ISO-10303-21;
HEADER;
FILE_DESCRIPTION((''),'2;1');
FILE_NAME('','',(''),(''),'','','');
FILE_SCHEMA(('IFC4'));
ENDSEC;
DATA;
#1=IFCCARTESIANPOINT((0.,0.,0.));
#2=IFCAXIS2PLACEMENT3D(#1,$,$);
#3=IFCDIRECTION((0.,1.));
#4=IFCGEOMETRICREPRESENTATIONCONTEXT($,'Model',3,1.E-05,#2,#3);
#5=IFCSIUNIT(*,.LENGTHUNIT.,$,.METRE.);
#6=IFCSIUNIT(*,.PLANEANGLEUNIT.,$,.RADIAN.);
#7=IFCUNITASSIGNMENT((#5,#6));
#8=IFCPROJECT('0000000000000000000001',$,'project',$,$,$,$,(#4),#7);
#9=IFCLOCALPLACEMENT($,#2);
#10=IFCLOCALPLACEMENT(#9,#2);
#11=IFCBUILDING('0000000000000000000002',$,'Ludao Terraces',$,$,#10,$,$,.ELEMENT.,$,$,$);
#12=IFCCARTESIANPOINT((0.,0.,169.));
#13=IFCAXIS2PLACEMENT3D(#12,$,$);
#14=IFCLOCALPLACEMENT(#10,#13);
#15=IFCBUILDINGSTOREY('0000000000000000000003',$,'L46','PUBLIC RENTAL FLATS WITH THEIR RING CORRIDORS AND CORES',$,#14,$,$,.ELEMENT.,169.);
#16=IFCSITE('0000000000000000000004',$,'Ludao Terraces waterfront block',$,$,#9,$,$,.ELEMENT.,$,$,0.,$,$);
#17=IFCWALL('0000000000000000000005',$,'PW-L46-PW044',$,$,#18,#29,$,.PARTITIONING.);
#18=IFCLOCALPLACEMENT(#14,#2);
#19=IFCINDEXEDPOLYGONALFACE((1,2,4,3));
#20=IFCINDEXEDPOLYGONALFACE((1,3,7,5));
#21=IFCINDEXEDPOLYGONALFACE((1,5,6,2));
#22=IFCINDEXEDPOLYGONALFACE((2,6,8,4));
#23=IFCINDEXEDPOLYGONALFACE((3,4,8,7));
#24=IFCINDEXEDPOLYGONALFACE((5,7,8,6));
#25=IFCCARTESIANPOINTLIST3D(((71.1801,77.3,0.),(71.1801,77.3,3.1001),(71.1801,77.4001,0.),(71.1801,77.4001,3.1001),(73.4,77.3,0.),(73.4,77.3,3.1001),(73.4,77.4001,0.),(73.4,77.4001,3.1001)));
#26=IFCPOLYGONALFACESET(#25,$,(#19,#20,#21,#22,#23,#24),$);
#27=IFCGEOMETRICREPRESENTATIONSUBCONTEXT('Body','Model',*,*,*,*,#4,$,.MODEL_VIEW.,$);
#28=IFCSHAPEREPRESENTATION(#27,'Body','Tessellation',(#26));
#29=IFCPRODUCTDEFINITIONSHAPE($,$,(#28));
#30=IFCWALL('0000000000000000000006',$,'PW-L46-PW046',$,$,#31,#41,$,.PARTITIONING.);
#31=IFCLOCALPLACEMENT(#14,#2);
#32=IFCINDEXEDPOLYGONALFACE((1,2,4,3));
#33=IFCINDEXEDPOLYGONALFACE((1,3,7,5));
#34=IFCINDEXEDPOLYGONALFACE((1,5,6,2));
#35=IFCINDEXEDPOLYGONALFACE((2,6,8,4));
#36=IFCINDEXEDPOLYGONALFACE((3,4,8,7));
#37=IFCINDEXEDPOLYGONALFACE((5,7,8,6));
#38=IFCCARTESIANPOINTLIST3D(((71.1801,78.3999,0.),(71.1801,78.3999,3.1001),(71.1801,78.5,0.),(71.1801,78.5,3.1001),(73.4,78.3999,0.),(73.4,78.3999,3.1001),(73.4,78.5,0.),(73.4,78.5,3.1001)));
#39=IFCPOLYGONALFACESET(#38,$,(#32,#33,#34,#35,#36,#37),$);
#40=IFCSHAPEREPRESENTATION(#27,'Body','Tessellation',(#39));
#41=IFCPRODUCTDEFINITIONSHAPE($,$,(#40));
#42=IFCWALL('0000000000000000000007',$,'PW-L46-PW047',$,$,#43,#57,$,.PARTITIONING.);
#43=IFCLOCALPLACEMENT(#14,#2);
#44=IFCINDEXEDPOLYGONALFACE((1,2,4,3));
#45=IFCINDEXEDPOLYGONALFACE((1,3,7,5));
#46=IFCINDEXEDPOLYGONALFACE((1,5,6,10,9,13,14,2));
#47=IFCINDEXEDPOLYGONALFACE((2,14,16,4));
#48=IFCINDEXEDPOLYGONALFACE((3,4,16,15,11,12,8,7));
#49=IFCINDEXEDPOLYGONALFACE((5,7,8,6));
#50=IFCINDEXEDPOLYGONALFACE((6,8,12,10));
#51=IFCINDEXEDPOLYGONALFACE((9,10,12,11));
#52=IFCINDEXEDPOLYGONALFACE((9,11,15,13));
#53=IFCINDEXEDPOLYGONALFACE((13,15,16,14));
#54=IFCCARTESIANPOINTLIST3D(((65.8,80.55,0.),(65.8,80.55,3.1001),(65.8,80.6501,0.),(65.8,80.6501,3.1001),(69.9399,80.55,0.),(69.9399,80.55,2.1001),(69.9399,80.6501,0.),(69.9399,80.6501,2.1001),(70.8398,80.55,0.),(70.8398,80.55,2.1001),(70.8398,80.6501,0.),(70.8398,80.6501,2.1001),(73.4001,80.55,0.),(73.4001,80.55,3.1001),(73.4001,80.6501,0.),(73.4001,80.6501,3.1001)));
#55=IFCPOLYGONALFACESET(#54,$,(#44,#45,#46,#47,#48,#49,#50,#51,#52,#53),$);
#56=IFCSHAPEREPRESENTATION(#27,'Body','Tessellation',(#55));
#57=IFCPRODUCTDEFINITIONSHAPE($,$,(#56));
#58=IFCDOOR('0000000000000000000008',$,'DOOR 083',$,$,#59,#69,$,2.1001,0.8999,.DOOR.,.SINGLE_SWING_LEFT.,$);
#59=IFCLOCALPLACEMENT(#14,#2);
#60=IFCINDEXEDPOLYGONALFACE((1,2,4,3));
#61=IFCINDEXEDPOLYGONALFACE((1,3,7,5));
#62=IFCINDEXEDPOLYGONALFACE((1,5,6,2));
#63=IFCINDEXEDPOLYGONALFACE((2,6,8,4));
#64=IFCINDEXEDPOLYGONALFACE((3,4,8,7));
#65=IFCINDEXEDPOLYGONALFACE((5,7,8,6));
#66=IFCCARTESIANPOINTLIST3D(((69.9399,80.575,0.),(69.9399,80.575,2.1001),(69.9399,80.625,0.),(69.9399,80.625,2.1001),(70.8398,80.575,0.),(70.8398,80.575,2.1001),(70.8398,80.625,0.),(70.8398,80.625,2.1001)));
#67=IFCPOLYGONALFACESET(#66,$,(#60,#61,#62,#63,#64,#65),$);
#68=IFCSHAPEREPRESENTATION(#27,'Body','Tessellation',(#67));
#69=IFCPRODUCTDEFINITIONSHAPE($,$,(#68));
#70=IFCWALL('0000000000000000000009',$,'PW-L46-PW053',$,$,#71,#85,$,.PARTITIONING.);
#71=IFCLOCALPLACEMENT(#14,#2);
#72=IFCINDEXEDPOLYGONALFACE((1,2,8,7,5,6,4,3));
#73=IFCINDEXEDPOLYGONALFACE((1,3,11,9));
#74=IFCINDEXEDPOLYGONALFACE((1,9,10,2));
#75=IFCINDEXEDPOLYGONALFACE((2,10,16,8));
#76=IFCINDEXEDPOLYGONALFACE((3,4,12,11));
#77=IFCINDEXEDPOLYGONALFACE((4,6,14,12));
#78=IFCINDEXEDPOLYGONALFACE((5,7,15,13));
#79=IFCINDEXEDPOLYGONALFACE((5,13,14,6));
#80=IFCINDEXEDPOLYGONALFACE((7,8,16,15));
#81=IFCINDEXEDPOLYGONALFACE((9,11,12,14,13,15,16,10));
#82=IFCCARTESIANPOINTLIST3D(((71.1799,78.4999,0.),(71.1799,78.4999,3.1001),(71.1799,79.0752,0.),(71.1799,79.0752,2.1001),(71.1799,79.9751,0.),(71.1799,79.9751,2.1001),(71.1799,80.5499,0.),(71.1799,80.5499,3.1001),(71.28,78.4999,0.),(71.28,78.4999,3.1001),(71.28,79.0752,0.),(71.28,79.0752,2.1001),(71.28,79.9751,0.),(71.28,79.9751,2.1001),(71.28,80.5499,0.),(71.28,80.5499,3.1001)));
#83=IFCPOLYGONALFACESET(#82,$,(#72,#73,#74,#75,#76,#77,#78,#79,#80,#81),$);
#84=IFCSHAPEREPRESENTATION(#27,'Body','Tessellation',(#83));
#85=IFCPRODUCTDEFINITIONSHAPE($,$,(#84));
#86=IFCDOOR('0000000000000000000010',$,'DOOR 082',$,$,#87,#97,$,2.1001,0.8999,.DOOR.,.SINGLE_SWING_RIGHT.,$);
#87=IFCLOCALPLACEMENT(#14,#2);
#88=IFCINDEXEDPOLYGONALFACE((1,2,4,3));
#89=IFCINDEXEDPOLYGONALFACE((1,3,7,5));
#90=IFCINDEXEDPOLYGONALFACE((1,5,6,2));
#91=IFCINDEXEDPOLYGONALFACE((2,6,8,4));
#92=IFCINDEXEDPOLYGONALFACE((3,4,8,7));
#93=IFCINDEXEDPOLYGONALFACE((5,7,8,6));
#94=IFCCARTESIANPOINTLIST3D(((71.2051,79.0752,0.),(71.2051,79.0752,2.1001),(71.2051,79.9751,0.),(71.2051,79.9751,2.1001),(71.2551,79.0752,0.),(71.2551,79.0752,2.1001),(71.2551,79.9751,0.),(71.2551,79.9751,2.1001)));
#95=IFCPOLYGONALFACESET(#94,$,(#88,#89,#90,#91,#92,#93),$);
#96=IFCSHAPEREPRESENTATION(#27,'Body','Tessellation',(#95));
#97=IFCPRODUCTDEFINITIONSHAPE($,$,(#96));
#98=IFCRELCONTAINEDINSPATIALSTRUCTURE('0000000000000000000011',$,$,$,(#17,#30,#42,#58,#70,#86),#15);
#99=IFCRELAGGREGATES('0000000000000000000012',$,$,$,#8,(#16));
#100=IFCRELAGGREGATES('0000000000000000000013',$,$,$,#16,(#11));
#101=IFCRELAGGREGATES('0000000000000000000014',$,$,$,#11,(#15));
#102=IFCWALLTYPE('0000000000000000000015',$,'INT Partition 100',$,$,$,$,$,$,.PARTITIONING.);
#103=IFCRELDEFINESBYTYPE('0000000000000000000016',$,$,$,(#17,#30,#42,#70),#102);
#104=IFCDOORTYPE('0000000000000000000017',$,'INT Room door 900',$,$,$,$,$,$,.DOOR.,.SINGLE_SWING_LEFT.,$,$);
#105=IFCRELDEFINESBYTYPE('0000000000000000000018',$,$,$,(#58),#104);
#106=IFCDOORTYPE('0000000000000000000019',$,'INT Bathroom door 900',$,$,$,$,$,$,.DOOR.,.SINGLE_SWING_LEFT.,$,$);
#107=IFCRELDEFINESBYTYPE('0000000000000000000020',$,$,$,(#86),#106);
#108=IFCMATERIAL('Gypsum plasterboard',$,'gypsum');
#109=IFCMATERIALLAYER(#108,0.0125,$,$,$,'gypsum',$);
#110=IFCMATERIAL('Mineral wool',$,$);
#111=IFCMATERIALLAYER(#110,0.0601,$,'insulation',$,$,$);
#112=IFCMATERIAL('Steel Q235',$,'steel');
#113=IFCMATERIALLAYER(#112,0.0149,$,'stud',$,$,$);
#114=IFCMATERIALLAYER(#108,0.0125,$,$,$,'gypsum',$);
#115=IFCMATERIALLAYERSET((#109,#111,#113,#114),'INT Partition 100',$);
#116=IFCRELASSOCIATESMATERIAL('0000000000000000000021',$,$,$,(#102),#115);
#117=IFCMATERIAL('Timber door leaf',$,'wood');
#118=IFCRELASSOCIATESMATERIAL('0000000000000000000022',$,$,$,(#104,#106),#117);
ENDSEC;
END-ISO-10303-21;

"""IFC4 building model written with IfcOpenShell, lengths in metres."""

from ifc_helpers import new_model, si_unit, direction, frame, frame_2d, origin, place, context, subcontext, project, spatial, rectangle, extrude, material, layer, layer_set, type_object, element, fill, save


model = new_model("IFC4")

# Units and contexts
model_context = context("Model", 3, precision=1e-05, world=origin(), true_north=direction((0.0, 1.0)))
body_context = subcontext(model_context, "Body", "Model", "MODEL_VIEW")
ifc_project = project(units=[si_unit("LENGTHUNIT", "METRE"), si_unit("PLANEANGLEUNIT", "RADIAN")], contexts=[model_context])

# Site, building, storey
site_placement = place(None, origin())
site = spatial("IfcSite", under=ifc_project, at=site_placement, Name="Ludao Terraces waterfront block", CompositionType="ELEMENT", RefElevation=0.0)
building_placement = place(site_placement, origin())
building = spatial("IfcBuilding", under=site, at=building_placement, Name="Ludao Terraces", CompositionType="ELEMENT")
storey_placement = place(building_placement, frame((0.0, 0.0, 169.0)))
storey = spatial("IfcBuildingStorey", under=building, at=storey_placement, Name="L46", Description="PUBLIC RENTAL FLATS WITH THEIR RING CORRIDORS AND CORES", CompositionType="ELEMENT", Elevation=169.0)

# Shared definitions
ifc_material_1 = material(Name="Steel Q235", Category="steel")

# Shared definitions
ifc_material_2 = material(Name="Mineral wool")

# Walls
ifc_material_3 = material(Name="Gypsum plasterboard", Category="gypsum")
ifc_layer_1 = layer(ifc_material_3, 0.0125, Category="gypsum")
ifc_layer_2 = layer(ifc_material_2, 0.0601, Name="insulation")
ifc_layer_3 = layer(ifc_material_1, 0.0149, Name="stud")
ifc_layer_4 = layer(ifc_material_3, 0.0125, Category="gypsum")
ifc_layer_set_1 = layer_set([ifc_layer_1, ifc_layer_2, ifc_layer_3, ifc_layer_4], Name="INT Partition 100")
wall_type_1 = type_object("IfcWallType", Name="INT Partition 100", PredefinedType="PARTITIONING", material=ifc_layer_set_1)
for number, where, z_axis, x_axis, name in (
    (1, (71.1802, 77.3501, 0.0), (0.0, 0.0, 1.0), (1.0, 0.0, 0.0), "PW-L46-PW044"),
    (2, (71.1802, 78.45, 0.0), (0.0, 0.0, 1.0), (1.0, 0.0, 0.0), "PW-L46-PW046"),
):
    element("IfcWall", number, at=place(storey_placement, frame(where, z_axis=z_axis, x_axis=x_axis)), inside=storey, type_object=wall_type_1, Name=name, PredefinedType="PARTITIONING", context=body_context, shape_type="SweptSolid", body=[
        extrude(rectangle(XDim=2.22, YDim=0.1001, at=frame_2d((1.1099, 0.0))), origin(), (0.0, 0.0, 1.0), 3.1001),
    ])

# Walls, openings, doors
wall_1_placement = place(storey_placement, frame((65.8, 80.6001, 0.0), z_axis=(0.0, 0.0, 1.0), x_axis=(1.0, 0.0, 0.0)))
wall_1 = element("IfcWall", 3, at=wall_1_placement, inside=storey, type_object=wall_type_1, Name="PW-L46-PW047", PredefinedType="PARTITIONING", context=body_context, shape_type="SweptSolid", body=[
    extrude(rectangle(XDim=7.6001, YDim=0.1001, at=frame_2d((3.8, 0.0))), origin(), (0.0, 0.0, 1.0), 3.1001),
])
opening_1_placement = place(wall_1_placement, frame((4.1399, 0.0, 0.0)))
opening_1 = element("IfcOpeningElement", 4, at=opening_1_placement, cuts=wall_1, PredefinedType="OPENING", context=body_context, shape_type="SweptSolid", body=[
    extrude(rectangle(XDim=0.8999, YDim=2.1001, at=frame_2d((0.45, 1.05))), frame((0.0, 0.0601, 0.0), z_axis=(0.0, -1.0, 0.0), x_axis=(1.0, 0.0, 0.0)), (0.0, 0.0, 1.0), 0.1201),
])
ifc_material_4 = material(Name="Timber door leaf", Category="wood")
door_type_1 = type_object("IfcDoorType", Name="INT Room door 900", OperationType="SINGLE_SWING_LEFT", PredefinedType="DOOR", material=ifc_material_4)
door_1_placement = place(opening_1_placement, origin())
door_1 = element("IfcDoor", 5, at=door_1_placement, inside=storey, type_object=door_type_1, Name="DOOR 083", OperationType="SINGLE_SWING_LEFT", OverallHeight=2.1001, OverallWidth=0.8999, PredefinedType="DOOR", context=body_context, shape_type="SweptSolid", body=[
    extrude(rectangle(XDim=0.8999, YDim=2.1001, at=frame_2d((0.45, 1.05))), frame((0.0, 0.0249, 0.0), z_axis=(0.0, -1.0, 0.0), x_axis=(1.0, 0.0, 0.0)), (0.0, 0.0, 1.0), 0.05),
])
fill(opening_1, door_1)
wall_2_placement = place(storey_placement, frame((71.23, 78.5, 0.0), z_axis=(0.0, 0.0, 1.0), x_axis=(0.0, 1.0, 0.0)))
wall_2 = element("IfcWall", 6, at=wall_2_placement, inside=storey, type_object=wall_type_1, Name="PW-L46-PW053", PredefinedType="PARTITIONING", context=body_context, shape_type="SweptSolid", body=[
    extrude(rectangle(XDim=2.05, YDim=0.1001, at=frame_2d((1.0249, 0.0))), origin(), (0.0, 0.0, 1.0), 3.1001),
])
opening_2_placement = place(wall_2_placement, frame((0.5752, 0.0, 0.0)))
opening_2 = element("IfcOpeningElement", 7, at=opening_2_placement, cuts=wall_2, PredefinedType="OPENING", context=body_context, shape_type="SweptSolid", body=[
    extrude(rectangle(XDim=0.8999, YDim=2.1001, at=frame_2d((0.45, 1.05))), frame((0.0, 0.0601, 0.0), z_axis=(0.0, -1.0, 0.0), x_axis=(1.0, 0.0, 0.0)), (0.0, 0.0, 1.0), 0.1201),
])
door_type_2 = type_object("IfcDoorType", Name="INT Bathroom door 900", OperationType="SINGLE_SWING_LEFT", PredefinedType="DOOR", material=ifc_material_4)
door_2_placement = place(opening_2_placement, origin())
door_2 = element("IfcDoor", 8, at=door_2_placement, inside=storey, type_object=door_type_2, Name="DOOR 082", OperationType="SINGLE_SWING_RIGHT", OverallHeight=2.1001, OverallWidth=0.8999, PredefinedType="DOOR", context=body_context, shape_type="SweptSolid", body=[
    extrude(rectangle(XDim=0.8999, YDim=2.1001, at=frame_2d((0.45, 1.05))), frame((0.0, 0.0249, 0.0), z_axis=(0.0, -1.0, 0.0), x_axis=(1.0, 0.0, 0.0)), (0.0, 0.0, 1.0), 0.05),
])
fill(opening_2, door_2)

save(model, "model.ifc")
